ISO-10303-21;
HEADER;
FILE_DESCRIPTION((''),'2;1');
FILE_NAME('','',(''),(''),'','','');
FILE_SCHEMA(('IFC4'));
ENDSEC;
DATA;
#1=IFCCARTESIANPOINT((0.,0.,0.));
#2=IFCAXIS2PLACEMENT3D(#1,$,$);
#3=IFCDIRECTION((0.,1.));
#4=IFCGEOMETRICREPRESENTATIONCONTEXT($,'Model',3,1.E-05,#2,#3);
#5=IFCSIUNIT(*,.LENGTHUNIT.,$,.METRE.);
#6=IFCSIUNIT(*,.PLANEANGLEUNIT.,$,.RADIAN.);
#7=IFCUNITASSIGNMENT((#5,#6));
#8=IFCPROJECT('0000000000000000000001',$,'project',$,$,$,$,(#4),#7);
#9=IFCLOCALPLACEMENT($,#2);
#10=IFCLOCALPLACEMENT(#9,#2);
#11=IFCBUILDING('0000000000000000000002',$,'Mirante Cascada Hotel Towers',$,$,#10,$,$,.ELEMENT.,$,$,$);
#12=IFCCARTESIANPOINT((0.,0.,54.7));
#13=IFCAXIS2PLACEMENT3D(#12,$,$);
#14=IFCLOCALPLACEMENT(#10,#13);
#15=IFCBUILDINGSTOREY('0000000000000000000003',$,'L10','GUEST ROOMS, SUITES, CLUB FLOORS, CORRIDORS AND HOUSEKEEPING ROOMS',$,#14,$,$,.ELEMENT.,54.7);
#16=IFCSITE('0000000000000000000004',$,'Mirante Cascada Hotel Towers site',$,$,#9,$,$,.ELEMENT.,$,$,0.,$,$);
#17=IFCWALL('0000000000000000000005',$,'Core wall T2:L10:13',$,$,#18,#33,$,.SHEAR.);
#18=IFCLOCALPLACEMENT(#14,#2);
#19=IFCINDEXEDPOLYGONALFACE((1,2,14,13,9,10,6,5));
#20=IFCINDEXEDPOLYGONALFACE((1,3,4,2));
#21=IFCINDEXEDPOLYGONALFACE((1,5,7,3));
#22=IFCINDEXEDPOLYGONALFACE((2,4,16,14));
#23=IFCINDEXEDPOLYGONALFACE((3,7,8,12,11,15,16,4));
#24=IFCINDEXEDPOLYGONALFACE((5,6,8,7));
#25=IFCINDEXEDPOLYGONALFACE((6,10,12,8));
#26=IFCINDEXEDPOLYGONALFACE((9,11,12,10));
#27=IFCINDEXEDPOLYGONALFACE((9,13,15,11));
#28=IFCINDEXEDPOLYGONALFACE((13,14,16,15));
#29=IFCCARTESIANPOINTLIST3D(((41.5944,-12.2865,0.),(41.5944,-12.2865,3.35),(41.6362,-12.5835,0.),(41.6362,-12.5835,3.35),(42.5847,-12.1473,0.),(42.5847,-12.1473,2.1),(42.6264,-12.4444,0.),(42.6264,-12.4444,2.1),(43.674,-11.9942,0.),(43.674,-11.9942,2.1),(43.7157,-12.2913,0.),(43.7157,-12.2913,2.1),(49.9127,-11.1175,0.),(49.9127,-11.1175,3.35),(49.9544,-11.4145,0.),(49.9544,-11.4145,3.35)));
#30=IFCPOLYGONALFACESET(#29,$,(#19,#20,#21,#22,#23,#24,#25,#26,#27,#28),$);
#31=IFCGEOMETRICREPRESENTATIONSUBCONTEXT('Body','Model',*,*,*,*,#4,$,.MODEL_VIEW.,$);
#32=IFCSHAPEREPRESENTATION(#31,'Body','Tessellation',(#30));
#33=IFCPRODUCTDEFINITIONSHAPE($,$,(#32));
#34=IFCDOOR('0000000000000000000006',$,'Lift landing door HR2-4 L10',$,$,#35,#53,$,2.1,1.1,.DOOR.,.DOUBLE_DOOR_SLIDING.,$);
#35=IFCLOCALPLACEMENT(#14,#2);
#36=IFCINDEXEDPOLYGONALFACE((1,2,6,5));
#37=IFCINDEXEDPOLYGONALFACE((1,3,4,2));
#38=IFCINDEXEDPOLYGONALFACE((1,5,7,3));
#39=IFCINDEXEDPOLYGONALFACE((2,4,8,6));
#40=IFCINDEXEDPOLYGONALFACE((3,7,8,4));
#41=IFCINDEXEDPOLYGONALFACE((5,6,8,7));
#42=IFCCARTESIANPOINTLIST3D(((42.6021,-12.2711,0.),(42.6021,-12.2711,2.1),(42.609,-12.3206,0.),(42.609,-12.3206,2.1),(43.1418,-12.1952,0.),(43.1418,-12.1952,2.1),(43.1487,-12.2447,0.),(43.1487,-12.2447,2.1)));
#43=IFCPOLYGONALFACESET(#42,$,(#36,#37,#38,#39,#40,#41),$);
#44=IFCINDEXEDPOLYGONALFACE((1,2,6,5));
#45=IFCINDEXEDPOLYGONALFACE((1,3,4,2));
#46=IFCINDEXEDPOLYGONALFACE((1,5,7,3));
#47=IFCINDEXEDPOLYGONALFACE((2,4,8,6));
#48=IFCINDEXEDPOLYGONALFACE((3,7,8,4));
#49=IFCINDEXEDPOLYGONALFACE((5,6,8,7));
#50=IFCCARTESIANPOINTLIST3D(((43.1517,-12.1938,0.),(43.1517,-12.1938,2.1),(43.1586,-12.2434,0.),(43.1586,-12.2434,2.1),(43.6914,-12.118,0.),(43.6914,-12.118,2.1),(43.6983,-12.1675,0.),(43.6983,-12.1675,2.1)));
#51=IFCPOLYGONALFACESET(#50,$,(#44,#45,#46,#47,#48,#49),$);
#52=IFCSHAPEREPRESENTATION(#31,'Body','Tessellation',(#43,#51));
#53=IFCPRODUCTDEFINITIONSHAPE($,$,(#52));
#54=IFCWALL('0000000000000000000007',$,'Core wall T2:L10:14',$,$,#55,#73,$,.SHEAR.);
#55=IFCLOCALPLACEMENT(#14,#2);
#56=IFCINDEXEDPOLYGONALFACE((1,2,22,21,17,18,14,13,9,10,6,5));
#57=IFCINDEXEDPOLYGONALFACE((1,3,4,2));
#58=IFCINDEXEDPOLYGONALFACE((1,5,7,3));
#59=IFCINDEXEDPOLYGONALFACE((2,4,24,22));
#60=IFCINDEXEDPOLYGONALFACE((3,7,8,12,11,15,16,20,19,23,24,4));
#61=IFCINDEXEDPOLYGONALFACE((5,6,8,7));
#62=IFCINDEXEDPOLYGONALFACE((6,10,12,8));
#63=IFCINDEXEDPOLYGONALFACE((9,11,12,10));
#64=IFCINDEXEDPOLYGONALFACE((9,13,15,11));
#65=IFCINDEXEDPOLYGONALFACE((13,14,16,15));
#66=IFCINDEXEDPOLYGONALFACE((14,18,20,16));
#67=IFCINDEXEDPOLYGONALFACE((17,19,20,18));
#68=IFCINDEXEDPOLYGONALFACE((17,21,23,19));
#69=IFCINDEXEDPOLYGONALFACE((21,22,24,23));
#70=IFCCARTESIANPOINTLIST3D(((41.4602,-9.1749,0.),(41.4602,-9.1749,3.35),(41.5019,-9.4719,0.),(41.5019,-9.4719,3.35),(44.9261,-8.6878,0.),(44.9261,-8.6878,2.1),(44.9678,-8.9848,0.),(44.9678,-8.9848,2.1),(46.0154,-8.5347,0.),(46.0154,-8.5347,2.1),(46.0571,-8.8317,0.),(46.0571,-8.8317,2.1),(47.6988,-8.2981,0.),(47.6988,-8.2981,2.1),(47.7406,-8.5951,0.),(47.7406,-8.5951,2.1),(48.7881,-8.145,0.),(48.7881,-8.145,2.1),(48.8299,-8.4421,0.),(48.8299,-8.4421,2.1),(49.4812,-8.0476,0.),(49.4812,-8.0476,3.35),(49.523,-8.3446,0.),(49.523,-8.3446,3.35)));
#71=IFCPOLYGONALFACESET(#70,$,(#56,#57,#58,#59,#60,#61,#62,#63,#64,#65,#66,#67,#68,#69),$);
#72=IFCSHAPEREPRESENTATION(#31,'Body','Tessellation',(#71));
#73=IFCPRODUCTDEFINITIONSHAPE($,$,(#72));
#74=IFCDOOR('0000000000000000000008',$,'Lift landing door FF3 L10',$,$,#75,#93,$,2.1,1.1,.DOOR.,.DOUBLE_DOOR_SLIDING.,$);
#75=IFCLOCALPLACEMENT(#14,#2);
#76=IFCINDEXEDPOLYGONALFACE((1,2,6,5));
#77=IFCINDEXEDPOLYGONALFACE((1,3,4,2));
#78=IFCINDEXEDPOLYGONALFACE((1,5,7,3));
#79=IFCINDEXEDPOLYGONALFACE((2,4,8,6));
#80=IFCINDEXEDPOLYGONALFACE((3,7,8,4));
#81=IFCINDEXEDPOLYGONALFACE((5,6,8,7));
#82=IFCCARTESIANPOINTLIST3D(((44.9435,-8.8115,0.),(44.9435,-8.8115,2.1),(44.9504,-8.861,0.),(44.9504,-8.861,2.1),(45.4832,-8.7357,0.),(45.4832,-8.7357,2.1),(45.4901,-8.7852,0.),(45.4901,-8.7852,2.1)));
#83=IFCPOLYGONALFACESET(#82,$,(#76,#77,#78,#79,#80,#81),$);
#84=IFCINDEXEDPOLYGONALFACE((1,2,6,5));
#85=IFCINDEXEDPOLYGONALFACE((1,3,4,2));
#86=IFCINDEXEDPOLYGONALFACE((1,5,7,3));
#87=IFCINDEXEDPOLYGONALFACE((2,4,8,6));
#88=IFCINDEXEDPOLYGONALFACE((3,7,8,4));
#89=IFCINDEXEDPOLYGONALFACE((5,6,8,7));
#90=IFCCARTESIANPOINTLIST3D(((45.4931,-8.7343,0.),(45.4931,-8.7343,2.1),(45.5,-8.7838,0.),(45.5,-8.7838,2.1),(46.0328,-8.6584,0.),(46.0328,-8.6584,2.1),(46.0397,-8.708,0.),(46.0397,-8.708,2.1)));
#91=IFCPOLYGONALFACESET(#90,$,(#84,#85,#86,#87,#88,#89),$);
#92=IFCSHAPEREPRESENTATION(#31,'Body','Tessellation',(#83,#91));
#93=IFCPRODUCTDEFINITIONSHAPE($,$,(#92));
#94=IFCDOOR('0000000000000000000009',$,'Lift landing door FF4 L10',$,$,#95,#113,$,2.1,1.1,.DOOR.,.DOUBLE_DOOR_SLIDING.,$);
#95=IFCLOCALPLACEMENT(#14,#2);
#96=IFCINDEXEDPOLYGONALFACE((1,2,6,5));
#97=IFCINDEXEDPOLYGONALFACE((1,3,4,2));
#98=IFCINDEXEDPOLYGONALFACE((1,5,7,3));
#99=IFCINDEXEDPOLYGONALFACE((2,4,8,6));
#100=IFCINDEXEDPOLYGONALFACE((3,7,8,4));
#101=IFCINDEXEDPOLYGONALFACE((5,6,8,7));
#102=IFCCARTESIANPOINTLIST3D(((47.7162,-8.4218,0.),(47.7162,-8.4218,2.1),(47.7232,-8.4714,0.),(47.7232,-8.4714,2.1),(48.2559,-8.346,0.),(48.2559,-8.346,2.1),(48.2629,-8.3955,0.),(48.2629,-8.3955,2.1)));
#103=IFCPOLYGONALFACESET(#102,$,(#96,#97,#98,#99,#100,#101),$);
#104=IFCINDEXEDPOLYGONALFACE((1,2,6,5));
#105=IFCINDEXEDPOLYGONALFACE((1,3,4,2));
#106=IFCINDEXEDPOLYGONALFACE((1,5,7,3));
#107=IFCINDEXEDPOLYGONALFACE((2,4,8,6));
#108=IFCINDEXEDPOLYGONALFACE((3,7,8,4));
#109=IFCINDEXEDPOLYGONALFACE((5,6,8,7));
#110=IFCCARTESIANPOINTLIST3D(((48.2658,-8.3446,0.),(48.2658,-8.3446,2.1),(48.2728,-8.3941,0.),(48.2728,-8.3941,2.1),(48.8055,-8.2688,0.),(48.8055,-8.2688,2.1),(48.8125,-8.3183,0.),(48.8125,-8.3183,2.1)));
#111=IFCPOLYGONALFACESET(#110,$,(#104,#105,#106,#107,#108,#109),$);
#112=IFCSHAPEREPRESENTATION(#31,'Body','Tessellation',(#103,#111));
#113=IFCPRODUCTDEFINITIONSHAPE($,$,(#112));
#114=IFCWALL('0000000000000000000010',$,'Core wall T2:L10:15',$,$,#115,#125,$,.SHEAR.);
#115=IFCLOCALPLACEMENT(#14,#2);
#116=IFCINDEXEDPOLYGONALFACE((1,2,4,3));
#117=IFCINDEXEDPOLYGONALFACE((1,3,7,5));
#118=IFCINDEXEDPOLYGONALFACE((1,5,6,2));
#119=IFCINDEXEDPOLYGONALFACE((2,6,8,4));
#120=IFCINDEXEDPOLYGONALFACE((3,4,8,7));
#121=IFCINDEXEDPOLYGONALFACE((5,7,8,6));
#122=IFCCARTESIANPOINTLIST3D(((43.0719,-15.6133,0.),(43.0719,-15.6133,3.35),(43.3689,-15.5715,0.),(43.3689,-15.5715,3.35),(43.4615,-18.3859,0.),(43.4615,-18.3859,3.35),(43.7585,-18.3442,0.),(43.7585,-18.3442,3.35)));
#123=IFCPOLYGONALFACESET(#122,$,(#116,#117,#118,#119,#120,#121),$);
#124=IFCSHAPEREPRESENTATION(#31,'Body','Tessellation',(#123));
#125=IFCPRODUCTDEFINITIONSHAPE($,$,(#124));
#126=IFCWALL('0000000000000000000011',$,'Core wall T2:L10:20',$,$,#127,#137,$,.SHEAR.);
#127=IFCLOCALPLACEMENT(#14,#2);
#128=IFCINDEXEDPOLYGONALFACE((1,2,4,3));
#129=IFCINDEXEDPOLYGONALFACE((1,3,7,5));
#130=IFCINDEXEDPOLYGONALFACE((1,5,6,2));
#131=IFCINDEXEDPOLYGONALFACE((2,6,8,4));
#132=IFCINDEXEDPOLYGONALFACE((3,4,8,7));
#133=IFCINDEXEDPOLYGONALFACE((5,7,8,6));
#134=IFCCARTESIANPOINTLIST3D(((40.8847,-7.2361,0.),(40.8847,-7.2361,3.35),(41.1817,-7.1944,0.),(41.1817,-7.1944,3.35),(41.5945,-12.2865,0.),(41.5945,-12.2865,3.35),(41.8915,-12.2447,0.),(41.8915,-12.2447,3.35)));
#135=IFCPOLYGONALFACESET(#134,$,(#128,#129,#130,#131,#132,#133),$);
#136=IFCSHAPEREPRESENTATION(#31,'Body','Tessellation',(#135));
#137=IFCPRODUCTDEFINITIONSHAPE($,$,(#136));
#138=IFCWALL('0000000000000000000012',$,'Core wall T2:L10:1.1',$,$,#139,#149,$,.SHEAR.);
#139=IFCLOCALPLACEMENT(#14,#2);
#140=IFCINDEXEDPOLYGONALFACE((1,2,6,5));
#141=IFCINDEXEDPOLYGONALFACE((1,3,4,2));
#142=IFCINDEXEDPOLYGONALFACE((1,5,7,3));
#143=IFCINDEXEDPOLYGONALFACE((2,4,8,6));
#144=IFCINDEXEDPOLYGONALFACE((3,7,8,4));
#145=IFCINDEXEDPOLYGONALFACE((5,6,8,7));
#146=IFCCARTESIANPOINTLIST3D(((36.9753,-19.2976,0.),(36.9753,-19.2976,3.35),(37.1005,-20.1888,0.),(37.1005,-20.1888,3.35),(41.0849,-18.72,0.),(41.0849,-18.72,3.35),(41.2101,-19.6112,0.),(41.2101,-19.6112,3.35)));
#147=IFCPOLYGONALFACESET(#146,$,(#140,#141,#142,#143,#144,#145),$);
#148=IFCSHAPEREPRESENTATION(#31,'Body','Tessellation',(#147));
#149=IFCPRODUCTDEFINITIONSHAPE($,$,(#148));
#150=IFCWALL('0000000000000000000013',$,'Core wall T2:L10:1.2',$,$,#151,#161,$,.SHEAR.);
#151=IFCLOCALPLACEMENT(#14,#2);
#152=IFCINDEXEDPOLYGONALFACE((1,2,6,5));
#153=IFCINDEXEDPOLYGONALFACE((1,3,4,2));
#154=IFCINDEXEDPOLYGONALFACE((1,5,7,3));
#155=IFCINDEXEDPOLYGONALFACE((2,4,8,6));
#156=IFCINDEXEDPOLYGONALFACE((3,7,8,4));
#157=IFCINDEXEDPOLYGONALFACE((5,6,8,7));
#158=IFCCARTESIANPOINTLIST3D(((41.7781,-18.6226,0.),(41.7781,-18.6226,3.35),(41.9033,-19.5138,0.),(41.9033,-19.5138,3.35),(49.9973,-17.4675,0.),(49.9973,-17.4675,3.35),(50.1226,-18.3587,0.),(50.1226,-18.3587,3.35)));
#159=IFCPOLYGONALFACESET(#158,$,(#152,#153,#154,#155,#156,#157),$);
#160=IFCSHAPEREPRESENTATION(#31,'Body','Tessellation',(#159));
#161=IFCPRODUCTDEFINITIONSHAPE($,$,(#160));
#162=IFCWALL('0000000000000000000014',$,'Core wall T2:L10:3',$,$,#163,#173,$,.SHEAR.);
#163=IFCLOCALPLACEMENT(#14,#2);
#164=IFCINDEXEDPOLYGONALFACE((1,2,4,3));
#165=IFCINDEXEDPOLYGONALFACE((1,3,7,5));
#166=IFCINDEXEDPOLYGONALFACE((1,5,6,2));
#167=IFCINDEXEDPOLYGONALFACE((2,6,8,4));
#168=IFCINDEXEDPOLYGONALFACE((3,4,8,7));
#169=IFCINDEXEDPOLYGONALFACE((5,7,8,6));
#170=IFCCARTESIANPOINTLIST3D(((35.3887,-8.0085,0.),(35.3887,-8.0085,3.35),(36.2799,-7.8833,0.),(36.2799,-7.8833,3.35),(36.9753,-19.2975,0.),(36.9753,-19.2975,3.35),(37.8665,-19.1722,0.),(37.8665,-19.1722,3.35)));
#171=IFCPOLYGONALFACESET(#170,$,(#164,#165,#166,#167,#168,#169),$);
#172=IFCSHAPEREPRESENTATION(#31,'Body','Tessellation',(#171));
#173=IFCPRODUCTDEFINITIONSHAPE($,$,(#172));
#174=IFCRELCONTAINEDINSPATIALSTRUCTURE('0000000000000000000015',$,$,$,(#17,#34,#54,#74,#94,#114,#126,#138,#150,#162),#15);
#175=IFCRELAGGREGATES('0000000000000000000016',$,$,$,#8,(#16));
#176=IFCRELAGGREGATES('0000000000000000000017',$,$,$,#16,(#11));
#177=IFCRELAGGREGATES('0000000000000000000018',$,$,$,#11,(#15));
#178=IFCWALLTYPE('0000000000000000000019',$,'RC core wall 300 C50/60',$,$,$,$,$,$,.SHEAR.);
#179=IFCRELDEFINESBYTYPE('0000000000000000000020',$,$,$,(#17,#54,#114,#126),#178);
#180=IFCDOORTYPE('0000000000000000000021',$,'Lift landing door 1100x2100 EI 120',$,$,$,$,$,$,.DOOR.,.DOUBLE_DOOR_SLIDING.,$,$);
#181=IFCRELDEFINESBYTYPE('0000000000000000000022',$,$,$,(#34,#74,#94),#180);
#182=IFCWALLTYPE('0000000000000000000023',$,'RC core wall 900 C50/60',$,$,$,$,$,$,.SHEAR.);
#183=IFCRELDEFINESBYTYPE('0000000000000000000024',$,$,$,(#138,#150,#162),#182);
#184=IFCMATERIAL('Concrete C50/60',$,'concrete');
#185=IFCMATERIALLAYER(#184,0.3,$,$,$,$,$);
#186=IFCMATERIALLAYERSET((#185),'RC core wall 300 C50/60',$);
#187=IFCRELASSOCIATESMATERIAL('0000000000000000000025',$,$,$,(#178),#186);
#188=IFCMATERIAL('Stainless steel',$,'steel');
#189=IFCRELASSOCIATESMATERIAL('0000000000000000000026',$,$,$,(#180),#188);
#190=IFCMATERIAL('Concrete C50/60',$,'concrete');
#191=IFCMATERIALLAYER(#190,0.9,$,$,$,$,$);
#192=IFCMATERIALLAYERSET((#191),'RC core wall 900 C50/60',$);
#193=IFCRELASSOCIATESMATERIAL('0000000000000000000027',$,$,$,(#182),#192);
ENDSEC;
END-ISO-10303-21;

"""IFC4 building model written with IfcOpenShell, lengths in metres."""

from ifc_helpers import new_model, si_unit, direction, frame, frame_2d, origin, place, context, subcontext, project, spatial, rectangle, extrude, material, layer, layer_set, type_object, element, fill, save


model = new_model("IFC4")

# Units and contexts
model_context = context("Model", 3, precision=1e-05, world=origin(), true_north=direction((0.0, 1.0)))
body_context = subcontext(model_context, "Body", "Model", "MODEL_VIEW")
ifc_project = project(units=[si_unit("LENGTHUNIT", "METRE"), si_unit("PLANEANGLEUNIT", "RADIAN")], contexts=[model_context])

# Site, building, storey
site_placement = place(None, origin())
site = spatial("IfcSite", under=ifc_project, at=site_placement, Name="Mirante Cascada Hotel Towers site", CompositionType="ELEMENT", RefElevation=0.0)
building_placement = place(site_placement, origin())
building = spatial("IfcBuilding", under=site, at=building_placement, Name="Mirante Cascada Hotel Towers", CompositionType="ELEMENT")
storey_placement = place(building_placement, frame((0.0, 0.0, 54.7)))
storey = spatial("IfcBuildingStorey", under=building, at=storey_placement, Name="L10", Description="GUEST ROOMS, SUITES, CLUB FLOORS, CORRIDORS AND HOUSEKEEPING ROOMS", CompositionType="ELEMENT", Elevation=54.7)

# Shared definitions
ifc_material_1 = material(Name="Concrete C50/60", Category="concrete")
ifc_layer_1 = layer(ifc_material_1, 0.3)
ifc_layer_set_1 = layer_set([ifc_layer_1], Name="RC core wall 300 C50/60")
wall_type_1 = type_object("IfcWallType", Name="RC core wall 300 C50/60", PredefinedType="SHEAR", material=ifc_layer_set_1)

# Shared definitions
ifc_material_2 = material(Name="Stainless steel", Category="steel")
door_type_1 = type_object("IfcDoorType", Name="Lift landing door 1100x2100 EI 120", OperationType="DOUBLE_DOOR_SLIDING", PredefinedType="DOOR", material=ifc_material_2)

# Wall, opening, door
wall_1_placement = place(storey_placement, frame((41.6153, -12.435, 0.0), z_axis=(0.0, 0.0, 1.0), x_axis=(0.990269, 0.139166, 0.0)))
wall_1 = element("IfcWall", 1, at=wall_1_placement, inside=storey, type_object=wall_type_1, Name="Core wall T2:L10:13", PredefinedType="SHEAR", context=body_context, shape_type="SweptSolid", body=[
    extrude(rectangle(XDim=8.4, YDim=0.3, at=frame_2d((4.2, 0.0))), origin(), (0.0, 0.0, 1.0), 3.35),
])
opening_1_placement = place(wall_1_placement, frame((1.0, 0.0, 0.0)))
opening_1 = element("IfcOpeningElement", 2, at=opening_1_placement, cuts=wall_1, PredefinedType="OPENING", context=body_context, shape_type="SweptSolid", body=[
    extrude(rectangle(XDim=1.1, YDim=2.1, at=frame_2d((0.55, 1.05))), frame((0.0, 0.15, 0.0), z_axis=(0.0, -1.0, 0.0), x_axis=(1.0, 0.0, 0.0)), (0.0, 0.0, 1.0), 0.3),
])
door_1_placement = place(opening_1_placement, origin())
door_1 = element("IfcDoor", 3, at=door_1_placement, inside=storey, type_object=door_type_1, Name="Lift landing door HR2-4 L10", OperationType="DOUBLE_DOOR_SLIDING", OverallHeight=2.1, OverallWidth=1.1, PredefinedType="DOOR", context=body_context, shape_type="SweptSolid", body=[
    extrude(rectangle(XDim=0.545, YDim=2.1, at=frame_2d((0.2725, 1.05))), frame((0.0, 0.025, 0.0), z_axis=(0.0, -1.0, 0.0), x_axis=(1.0, 0.0, 0.0)), (0.0, 0.0, 1.0), 0.05),
    extrude(rectangle(XDim=0.545, YDim=2.1, at=frame_2d((0.8275, 1.05))), frame((0.0, 0.025, 0.0), z_axis=(0.0, -1.0, 0.0), x_axis=(1.0, 0.0, 0.0)), (0.0, 0.0, 1.0), 0.05),
])
fill(opening_1, door_1)

# Wall, openings, doors
wall_2_placement = place(storey_placement, frame((41.481, -9.3234, 0.0), z_axis=(0.0, 0.0, 1.0), x_axis=(0.990268, 0.139174, 0.0)))
wall_2 = element("IfcWall", 4, at=wall_2_placement, inside=storey, type_object=wall_type_1, Name="Core wall T2:L10:14", PredefinedType="SHEAR", context=body_context, shape_type="SweptSolid", body=[
    extrude(rectangle(XDim=8.0999, YDim=0.3, at=frame_2d((4.05, 0.0))), origin(), (0.0, 0.0, 1.0), 3.35),
])
opening_2_placement = place(wall_2_placement, frame((3.5, 0.0, 0.0)))
opening_2 = element("IfcOpeningElement", 5, at=opening_2_placement, cuts=wall_2, PredefinedType="OPENING", context=body_context, shape_type="SweptSolid", body=[
    extrude(rectangle(XDim=1.1, YDim=2.1, at=frame_2d((0.55, 1.05))), frame((0.0, 0.15, 0.0), z_axis=(0.0, -1.0, 0.0), x_axis=(1.0, 0.0, 0.0)), (0.0, 0.0, 1.0), 0.3),
])
opening_3_placement = place(wall_2_placement, frame((6.3, 0.0, 0.0)))
opening_3 = element("IfcOpeningElement", 6, at=opening_3_placement, cuts=wall_2, PredefinedType="OPENING", context=body_context, shape_type="SweptSolid", body=[
    extrude(rectangle(XDim=1.1, YDim=2.1, at=frame_2d((0.55, 1.05))), frame((0.0, 0.15, 0.0), z_axis=(0.0, -1.0, 0.0), x_axis=(1.0, 0.0, 0.0)), (0.0, 0.0, 1.0), 0.3),
])
door_2_placement = place(opening_2_placement, origin())
door_2 = element("IfcDoor", 7, at=door_2_placement, inside=storey, type_object=door_type_1, Name="Lift landing door FF3 L10", OperationType="DOUBLE_DOOR_SLIDING", OverallHeight=2.1, OverallWidth=1.1, PredefinedType="DOOR", context=body_context, shape_type="SweptSolid", body=[
    extrude(rectangle(XDim=0.545, YDim=2.1, at=frame_2d((0.2725, 1.05))), frame((0.0, 0.025, 0.0), z_axis=(0.0, -1.0, 0.0), x_axis=(1.0, 0.0, 0.0)), (0.0, 0.0, 1.0), 0.05),
    extrude(rectangle(XDim=0.545, YDim=2.1, at=frame_2d((0.8275, 1.05))), frame((0.0, 0.025, 0.0), z_axis=(0.0, -1.0, 0.0), x_axis=(1.0, 0.0, 0.0)), (0.0, 0.0, 1.0), 0.05),
])
fill(opening_2, door_2)
door_3_placement = place(opening_3_placement, origin())
door_3 = element("IfcDoor", 8, at=door_3_placement, inside=storey, type_object=door_type_1, Name="Lift landing door FF4 L10", OperationType="DOUBLE_DOOR_SLIDING", OverallHeight=2.1, OverallWidth=1.1, PredefinedType="DOOR", context=body_context, shape_type="SweptSolid", body=[
    extrude(rectangle(XDim=0.545, YDim=2.1, at=frame_2d((0.2725, 1.05))), frame((0.0, 0.025, 0.0), z_axis=(0.0, -1.0, 0.0), x_axis=(1.0, 0.0, 0.0)), (0.0, 0.0, 1.0), 0.05),
    extrude(rectangle(XDim=0.545, YDim=2.1, at=frame_2d((0.8275, 1.05))), frame((0.0, 0.025, 0.0), z_axis=(0.0, -1.0, 0.0), x_axis=(1.0, 0.0, 0.0)), (0.0, 0.0, 1.0), 0.05),
])
fill(opening_3, door_3)

# Walls
wall_3_placement = place(storey_placement, frame((43.61, -18.3651, 0.0), z_axis=(0.0, 0.0, 1.0), x_axis=(-0.139146, 0.990272, 0.0)))
element("IfcWall", 9, at=wall_3_placement, inside=storey, type_object=wall_type_1, Name="Core wall T2:L10:15", PredefinedType="SHEAR", context=body_context, shape_type="SweptSolid", body=[
    extrude(rectangle(XDim=2.7999, YDim=0.3, at=frame_2d((1.4, 0.0))), origin(), (0.0, 0.0, 1.0), 3.35),
])
wall_4_placement = place(storey_placement, frame((41.743, -12.2656, 0.0), z_axis=(0.0, 0.0, 1.0), x_axis=(-0.139176, 0.990268, 0.0)))
element("IfcWall", 10, at=wall_4_placement, inside=storey, type_object=wall_type_1, Name="Core wall T2:L10:20", PredefinedType="SHEAR", context=body_context, shape_type="SweptSolid", body=[
    extrude(rectangle(XDim=5.1, YDim=0.3, at=frame_2d((2.55, 0.0))), origin(), (0.0, 0.0, 1.0), 3.35),
])
ifc_material_3 = material(Name="Concrete C50/60", Category="concrete")
ifc_layer_2 = layer(ifc_material_3, 0.9)
ifc_layer_set_2 = layer_set([ifc_layer_2], Name="RC core wall 900 C50/60")
wall_type_2 = type_object("IfcWallType", Name="RC core wall 900 C50/60", PredefinedType="SHEAR", material=ifc_layer_set_2)
wall_5_placement = place(storey_placement, frame((37.0379, -19.7432, 0.0), z_axis=(0.0, 0.0, 1.0), x_axis=(0.990267, 0.139181, 0.0)))
element("IfcWall", 11, at=wall_5_placement, inside=storey, type_object=wall_type_2, Name="Core wall T2:L10:1.1", PredefinedType="SHEAR", context=body_context, shape_type="SweptSolid", body=[
    extrude(rectangle(XDim=4.15, YDim=0.9, at=frame_2d((2.075, 0.0))), origin(), (0.0, 0.0, 1.0), 3.35),
])
wall_6_placement = place(storey_placement, frame((41.8407, -19.0682, 0.0), z_axis=(0.0, 0.0, 1.0), x_axis=(0.990269, 0.139169, 0.0)))
element("IfcWall", 12, at=wall_6_placement, inside=storey, type_object=wall_type_2, Name="Core wall T2:L10:1.2", PredefinedType="SHEAR", context=body_context, shape_type="SweptSolid", body=[
    extrude(rectangle(XDim=8.3, YDim=0.9, at=frame_2d((4.15, 0.0))), origin(), (0.0, 0.0, 1.0), 3.35),
])
wall_7_placement = place(storey_placement, frame((37.4209, -19.2349, 0.0), z_axis=(0.0, 0.0, 1.0), x_axis=(-0.139176, 0.990268, 0.0)))
element("IfcWall", 13, at=wall_7_placement, inside=storey, type_object=wall_type_2, Name="Core wall T2:L10:3", PredefinedType="SHEAR", context=body_context, shape_type="SweptSolid", body=[
    extrude(rectangle(XDim=11.3999, YDim=0.9, at=frame_2d((5.7, 0.0))), origin(), (0.0, 0.0, 1.0), 3.35),
])

save(model, "model.ifc")
